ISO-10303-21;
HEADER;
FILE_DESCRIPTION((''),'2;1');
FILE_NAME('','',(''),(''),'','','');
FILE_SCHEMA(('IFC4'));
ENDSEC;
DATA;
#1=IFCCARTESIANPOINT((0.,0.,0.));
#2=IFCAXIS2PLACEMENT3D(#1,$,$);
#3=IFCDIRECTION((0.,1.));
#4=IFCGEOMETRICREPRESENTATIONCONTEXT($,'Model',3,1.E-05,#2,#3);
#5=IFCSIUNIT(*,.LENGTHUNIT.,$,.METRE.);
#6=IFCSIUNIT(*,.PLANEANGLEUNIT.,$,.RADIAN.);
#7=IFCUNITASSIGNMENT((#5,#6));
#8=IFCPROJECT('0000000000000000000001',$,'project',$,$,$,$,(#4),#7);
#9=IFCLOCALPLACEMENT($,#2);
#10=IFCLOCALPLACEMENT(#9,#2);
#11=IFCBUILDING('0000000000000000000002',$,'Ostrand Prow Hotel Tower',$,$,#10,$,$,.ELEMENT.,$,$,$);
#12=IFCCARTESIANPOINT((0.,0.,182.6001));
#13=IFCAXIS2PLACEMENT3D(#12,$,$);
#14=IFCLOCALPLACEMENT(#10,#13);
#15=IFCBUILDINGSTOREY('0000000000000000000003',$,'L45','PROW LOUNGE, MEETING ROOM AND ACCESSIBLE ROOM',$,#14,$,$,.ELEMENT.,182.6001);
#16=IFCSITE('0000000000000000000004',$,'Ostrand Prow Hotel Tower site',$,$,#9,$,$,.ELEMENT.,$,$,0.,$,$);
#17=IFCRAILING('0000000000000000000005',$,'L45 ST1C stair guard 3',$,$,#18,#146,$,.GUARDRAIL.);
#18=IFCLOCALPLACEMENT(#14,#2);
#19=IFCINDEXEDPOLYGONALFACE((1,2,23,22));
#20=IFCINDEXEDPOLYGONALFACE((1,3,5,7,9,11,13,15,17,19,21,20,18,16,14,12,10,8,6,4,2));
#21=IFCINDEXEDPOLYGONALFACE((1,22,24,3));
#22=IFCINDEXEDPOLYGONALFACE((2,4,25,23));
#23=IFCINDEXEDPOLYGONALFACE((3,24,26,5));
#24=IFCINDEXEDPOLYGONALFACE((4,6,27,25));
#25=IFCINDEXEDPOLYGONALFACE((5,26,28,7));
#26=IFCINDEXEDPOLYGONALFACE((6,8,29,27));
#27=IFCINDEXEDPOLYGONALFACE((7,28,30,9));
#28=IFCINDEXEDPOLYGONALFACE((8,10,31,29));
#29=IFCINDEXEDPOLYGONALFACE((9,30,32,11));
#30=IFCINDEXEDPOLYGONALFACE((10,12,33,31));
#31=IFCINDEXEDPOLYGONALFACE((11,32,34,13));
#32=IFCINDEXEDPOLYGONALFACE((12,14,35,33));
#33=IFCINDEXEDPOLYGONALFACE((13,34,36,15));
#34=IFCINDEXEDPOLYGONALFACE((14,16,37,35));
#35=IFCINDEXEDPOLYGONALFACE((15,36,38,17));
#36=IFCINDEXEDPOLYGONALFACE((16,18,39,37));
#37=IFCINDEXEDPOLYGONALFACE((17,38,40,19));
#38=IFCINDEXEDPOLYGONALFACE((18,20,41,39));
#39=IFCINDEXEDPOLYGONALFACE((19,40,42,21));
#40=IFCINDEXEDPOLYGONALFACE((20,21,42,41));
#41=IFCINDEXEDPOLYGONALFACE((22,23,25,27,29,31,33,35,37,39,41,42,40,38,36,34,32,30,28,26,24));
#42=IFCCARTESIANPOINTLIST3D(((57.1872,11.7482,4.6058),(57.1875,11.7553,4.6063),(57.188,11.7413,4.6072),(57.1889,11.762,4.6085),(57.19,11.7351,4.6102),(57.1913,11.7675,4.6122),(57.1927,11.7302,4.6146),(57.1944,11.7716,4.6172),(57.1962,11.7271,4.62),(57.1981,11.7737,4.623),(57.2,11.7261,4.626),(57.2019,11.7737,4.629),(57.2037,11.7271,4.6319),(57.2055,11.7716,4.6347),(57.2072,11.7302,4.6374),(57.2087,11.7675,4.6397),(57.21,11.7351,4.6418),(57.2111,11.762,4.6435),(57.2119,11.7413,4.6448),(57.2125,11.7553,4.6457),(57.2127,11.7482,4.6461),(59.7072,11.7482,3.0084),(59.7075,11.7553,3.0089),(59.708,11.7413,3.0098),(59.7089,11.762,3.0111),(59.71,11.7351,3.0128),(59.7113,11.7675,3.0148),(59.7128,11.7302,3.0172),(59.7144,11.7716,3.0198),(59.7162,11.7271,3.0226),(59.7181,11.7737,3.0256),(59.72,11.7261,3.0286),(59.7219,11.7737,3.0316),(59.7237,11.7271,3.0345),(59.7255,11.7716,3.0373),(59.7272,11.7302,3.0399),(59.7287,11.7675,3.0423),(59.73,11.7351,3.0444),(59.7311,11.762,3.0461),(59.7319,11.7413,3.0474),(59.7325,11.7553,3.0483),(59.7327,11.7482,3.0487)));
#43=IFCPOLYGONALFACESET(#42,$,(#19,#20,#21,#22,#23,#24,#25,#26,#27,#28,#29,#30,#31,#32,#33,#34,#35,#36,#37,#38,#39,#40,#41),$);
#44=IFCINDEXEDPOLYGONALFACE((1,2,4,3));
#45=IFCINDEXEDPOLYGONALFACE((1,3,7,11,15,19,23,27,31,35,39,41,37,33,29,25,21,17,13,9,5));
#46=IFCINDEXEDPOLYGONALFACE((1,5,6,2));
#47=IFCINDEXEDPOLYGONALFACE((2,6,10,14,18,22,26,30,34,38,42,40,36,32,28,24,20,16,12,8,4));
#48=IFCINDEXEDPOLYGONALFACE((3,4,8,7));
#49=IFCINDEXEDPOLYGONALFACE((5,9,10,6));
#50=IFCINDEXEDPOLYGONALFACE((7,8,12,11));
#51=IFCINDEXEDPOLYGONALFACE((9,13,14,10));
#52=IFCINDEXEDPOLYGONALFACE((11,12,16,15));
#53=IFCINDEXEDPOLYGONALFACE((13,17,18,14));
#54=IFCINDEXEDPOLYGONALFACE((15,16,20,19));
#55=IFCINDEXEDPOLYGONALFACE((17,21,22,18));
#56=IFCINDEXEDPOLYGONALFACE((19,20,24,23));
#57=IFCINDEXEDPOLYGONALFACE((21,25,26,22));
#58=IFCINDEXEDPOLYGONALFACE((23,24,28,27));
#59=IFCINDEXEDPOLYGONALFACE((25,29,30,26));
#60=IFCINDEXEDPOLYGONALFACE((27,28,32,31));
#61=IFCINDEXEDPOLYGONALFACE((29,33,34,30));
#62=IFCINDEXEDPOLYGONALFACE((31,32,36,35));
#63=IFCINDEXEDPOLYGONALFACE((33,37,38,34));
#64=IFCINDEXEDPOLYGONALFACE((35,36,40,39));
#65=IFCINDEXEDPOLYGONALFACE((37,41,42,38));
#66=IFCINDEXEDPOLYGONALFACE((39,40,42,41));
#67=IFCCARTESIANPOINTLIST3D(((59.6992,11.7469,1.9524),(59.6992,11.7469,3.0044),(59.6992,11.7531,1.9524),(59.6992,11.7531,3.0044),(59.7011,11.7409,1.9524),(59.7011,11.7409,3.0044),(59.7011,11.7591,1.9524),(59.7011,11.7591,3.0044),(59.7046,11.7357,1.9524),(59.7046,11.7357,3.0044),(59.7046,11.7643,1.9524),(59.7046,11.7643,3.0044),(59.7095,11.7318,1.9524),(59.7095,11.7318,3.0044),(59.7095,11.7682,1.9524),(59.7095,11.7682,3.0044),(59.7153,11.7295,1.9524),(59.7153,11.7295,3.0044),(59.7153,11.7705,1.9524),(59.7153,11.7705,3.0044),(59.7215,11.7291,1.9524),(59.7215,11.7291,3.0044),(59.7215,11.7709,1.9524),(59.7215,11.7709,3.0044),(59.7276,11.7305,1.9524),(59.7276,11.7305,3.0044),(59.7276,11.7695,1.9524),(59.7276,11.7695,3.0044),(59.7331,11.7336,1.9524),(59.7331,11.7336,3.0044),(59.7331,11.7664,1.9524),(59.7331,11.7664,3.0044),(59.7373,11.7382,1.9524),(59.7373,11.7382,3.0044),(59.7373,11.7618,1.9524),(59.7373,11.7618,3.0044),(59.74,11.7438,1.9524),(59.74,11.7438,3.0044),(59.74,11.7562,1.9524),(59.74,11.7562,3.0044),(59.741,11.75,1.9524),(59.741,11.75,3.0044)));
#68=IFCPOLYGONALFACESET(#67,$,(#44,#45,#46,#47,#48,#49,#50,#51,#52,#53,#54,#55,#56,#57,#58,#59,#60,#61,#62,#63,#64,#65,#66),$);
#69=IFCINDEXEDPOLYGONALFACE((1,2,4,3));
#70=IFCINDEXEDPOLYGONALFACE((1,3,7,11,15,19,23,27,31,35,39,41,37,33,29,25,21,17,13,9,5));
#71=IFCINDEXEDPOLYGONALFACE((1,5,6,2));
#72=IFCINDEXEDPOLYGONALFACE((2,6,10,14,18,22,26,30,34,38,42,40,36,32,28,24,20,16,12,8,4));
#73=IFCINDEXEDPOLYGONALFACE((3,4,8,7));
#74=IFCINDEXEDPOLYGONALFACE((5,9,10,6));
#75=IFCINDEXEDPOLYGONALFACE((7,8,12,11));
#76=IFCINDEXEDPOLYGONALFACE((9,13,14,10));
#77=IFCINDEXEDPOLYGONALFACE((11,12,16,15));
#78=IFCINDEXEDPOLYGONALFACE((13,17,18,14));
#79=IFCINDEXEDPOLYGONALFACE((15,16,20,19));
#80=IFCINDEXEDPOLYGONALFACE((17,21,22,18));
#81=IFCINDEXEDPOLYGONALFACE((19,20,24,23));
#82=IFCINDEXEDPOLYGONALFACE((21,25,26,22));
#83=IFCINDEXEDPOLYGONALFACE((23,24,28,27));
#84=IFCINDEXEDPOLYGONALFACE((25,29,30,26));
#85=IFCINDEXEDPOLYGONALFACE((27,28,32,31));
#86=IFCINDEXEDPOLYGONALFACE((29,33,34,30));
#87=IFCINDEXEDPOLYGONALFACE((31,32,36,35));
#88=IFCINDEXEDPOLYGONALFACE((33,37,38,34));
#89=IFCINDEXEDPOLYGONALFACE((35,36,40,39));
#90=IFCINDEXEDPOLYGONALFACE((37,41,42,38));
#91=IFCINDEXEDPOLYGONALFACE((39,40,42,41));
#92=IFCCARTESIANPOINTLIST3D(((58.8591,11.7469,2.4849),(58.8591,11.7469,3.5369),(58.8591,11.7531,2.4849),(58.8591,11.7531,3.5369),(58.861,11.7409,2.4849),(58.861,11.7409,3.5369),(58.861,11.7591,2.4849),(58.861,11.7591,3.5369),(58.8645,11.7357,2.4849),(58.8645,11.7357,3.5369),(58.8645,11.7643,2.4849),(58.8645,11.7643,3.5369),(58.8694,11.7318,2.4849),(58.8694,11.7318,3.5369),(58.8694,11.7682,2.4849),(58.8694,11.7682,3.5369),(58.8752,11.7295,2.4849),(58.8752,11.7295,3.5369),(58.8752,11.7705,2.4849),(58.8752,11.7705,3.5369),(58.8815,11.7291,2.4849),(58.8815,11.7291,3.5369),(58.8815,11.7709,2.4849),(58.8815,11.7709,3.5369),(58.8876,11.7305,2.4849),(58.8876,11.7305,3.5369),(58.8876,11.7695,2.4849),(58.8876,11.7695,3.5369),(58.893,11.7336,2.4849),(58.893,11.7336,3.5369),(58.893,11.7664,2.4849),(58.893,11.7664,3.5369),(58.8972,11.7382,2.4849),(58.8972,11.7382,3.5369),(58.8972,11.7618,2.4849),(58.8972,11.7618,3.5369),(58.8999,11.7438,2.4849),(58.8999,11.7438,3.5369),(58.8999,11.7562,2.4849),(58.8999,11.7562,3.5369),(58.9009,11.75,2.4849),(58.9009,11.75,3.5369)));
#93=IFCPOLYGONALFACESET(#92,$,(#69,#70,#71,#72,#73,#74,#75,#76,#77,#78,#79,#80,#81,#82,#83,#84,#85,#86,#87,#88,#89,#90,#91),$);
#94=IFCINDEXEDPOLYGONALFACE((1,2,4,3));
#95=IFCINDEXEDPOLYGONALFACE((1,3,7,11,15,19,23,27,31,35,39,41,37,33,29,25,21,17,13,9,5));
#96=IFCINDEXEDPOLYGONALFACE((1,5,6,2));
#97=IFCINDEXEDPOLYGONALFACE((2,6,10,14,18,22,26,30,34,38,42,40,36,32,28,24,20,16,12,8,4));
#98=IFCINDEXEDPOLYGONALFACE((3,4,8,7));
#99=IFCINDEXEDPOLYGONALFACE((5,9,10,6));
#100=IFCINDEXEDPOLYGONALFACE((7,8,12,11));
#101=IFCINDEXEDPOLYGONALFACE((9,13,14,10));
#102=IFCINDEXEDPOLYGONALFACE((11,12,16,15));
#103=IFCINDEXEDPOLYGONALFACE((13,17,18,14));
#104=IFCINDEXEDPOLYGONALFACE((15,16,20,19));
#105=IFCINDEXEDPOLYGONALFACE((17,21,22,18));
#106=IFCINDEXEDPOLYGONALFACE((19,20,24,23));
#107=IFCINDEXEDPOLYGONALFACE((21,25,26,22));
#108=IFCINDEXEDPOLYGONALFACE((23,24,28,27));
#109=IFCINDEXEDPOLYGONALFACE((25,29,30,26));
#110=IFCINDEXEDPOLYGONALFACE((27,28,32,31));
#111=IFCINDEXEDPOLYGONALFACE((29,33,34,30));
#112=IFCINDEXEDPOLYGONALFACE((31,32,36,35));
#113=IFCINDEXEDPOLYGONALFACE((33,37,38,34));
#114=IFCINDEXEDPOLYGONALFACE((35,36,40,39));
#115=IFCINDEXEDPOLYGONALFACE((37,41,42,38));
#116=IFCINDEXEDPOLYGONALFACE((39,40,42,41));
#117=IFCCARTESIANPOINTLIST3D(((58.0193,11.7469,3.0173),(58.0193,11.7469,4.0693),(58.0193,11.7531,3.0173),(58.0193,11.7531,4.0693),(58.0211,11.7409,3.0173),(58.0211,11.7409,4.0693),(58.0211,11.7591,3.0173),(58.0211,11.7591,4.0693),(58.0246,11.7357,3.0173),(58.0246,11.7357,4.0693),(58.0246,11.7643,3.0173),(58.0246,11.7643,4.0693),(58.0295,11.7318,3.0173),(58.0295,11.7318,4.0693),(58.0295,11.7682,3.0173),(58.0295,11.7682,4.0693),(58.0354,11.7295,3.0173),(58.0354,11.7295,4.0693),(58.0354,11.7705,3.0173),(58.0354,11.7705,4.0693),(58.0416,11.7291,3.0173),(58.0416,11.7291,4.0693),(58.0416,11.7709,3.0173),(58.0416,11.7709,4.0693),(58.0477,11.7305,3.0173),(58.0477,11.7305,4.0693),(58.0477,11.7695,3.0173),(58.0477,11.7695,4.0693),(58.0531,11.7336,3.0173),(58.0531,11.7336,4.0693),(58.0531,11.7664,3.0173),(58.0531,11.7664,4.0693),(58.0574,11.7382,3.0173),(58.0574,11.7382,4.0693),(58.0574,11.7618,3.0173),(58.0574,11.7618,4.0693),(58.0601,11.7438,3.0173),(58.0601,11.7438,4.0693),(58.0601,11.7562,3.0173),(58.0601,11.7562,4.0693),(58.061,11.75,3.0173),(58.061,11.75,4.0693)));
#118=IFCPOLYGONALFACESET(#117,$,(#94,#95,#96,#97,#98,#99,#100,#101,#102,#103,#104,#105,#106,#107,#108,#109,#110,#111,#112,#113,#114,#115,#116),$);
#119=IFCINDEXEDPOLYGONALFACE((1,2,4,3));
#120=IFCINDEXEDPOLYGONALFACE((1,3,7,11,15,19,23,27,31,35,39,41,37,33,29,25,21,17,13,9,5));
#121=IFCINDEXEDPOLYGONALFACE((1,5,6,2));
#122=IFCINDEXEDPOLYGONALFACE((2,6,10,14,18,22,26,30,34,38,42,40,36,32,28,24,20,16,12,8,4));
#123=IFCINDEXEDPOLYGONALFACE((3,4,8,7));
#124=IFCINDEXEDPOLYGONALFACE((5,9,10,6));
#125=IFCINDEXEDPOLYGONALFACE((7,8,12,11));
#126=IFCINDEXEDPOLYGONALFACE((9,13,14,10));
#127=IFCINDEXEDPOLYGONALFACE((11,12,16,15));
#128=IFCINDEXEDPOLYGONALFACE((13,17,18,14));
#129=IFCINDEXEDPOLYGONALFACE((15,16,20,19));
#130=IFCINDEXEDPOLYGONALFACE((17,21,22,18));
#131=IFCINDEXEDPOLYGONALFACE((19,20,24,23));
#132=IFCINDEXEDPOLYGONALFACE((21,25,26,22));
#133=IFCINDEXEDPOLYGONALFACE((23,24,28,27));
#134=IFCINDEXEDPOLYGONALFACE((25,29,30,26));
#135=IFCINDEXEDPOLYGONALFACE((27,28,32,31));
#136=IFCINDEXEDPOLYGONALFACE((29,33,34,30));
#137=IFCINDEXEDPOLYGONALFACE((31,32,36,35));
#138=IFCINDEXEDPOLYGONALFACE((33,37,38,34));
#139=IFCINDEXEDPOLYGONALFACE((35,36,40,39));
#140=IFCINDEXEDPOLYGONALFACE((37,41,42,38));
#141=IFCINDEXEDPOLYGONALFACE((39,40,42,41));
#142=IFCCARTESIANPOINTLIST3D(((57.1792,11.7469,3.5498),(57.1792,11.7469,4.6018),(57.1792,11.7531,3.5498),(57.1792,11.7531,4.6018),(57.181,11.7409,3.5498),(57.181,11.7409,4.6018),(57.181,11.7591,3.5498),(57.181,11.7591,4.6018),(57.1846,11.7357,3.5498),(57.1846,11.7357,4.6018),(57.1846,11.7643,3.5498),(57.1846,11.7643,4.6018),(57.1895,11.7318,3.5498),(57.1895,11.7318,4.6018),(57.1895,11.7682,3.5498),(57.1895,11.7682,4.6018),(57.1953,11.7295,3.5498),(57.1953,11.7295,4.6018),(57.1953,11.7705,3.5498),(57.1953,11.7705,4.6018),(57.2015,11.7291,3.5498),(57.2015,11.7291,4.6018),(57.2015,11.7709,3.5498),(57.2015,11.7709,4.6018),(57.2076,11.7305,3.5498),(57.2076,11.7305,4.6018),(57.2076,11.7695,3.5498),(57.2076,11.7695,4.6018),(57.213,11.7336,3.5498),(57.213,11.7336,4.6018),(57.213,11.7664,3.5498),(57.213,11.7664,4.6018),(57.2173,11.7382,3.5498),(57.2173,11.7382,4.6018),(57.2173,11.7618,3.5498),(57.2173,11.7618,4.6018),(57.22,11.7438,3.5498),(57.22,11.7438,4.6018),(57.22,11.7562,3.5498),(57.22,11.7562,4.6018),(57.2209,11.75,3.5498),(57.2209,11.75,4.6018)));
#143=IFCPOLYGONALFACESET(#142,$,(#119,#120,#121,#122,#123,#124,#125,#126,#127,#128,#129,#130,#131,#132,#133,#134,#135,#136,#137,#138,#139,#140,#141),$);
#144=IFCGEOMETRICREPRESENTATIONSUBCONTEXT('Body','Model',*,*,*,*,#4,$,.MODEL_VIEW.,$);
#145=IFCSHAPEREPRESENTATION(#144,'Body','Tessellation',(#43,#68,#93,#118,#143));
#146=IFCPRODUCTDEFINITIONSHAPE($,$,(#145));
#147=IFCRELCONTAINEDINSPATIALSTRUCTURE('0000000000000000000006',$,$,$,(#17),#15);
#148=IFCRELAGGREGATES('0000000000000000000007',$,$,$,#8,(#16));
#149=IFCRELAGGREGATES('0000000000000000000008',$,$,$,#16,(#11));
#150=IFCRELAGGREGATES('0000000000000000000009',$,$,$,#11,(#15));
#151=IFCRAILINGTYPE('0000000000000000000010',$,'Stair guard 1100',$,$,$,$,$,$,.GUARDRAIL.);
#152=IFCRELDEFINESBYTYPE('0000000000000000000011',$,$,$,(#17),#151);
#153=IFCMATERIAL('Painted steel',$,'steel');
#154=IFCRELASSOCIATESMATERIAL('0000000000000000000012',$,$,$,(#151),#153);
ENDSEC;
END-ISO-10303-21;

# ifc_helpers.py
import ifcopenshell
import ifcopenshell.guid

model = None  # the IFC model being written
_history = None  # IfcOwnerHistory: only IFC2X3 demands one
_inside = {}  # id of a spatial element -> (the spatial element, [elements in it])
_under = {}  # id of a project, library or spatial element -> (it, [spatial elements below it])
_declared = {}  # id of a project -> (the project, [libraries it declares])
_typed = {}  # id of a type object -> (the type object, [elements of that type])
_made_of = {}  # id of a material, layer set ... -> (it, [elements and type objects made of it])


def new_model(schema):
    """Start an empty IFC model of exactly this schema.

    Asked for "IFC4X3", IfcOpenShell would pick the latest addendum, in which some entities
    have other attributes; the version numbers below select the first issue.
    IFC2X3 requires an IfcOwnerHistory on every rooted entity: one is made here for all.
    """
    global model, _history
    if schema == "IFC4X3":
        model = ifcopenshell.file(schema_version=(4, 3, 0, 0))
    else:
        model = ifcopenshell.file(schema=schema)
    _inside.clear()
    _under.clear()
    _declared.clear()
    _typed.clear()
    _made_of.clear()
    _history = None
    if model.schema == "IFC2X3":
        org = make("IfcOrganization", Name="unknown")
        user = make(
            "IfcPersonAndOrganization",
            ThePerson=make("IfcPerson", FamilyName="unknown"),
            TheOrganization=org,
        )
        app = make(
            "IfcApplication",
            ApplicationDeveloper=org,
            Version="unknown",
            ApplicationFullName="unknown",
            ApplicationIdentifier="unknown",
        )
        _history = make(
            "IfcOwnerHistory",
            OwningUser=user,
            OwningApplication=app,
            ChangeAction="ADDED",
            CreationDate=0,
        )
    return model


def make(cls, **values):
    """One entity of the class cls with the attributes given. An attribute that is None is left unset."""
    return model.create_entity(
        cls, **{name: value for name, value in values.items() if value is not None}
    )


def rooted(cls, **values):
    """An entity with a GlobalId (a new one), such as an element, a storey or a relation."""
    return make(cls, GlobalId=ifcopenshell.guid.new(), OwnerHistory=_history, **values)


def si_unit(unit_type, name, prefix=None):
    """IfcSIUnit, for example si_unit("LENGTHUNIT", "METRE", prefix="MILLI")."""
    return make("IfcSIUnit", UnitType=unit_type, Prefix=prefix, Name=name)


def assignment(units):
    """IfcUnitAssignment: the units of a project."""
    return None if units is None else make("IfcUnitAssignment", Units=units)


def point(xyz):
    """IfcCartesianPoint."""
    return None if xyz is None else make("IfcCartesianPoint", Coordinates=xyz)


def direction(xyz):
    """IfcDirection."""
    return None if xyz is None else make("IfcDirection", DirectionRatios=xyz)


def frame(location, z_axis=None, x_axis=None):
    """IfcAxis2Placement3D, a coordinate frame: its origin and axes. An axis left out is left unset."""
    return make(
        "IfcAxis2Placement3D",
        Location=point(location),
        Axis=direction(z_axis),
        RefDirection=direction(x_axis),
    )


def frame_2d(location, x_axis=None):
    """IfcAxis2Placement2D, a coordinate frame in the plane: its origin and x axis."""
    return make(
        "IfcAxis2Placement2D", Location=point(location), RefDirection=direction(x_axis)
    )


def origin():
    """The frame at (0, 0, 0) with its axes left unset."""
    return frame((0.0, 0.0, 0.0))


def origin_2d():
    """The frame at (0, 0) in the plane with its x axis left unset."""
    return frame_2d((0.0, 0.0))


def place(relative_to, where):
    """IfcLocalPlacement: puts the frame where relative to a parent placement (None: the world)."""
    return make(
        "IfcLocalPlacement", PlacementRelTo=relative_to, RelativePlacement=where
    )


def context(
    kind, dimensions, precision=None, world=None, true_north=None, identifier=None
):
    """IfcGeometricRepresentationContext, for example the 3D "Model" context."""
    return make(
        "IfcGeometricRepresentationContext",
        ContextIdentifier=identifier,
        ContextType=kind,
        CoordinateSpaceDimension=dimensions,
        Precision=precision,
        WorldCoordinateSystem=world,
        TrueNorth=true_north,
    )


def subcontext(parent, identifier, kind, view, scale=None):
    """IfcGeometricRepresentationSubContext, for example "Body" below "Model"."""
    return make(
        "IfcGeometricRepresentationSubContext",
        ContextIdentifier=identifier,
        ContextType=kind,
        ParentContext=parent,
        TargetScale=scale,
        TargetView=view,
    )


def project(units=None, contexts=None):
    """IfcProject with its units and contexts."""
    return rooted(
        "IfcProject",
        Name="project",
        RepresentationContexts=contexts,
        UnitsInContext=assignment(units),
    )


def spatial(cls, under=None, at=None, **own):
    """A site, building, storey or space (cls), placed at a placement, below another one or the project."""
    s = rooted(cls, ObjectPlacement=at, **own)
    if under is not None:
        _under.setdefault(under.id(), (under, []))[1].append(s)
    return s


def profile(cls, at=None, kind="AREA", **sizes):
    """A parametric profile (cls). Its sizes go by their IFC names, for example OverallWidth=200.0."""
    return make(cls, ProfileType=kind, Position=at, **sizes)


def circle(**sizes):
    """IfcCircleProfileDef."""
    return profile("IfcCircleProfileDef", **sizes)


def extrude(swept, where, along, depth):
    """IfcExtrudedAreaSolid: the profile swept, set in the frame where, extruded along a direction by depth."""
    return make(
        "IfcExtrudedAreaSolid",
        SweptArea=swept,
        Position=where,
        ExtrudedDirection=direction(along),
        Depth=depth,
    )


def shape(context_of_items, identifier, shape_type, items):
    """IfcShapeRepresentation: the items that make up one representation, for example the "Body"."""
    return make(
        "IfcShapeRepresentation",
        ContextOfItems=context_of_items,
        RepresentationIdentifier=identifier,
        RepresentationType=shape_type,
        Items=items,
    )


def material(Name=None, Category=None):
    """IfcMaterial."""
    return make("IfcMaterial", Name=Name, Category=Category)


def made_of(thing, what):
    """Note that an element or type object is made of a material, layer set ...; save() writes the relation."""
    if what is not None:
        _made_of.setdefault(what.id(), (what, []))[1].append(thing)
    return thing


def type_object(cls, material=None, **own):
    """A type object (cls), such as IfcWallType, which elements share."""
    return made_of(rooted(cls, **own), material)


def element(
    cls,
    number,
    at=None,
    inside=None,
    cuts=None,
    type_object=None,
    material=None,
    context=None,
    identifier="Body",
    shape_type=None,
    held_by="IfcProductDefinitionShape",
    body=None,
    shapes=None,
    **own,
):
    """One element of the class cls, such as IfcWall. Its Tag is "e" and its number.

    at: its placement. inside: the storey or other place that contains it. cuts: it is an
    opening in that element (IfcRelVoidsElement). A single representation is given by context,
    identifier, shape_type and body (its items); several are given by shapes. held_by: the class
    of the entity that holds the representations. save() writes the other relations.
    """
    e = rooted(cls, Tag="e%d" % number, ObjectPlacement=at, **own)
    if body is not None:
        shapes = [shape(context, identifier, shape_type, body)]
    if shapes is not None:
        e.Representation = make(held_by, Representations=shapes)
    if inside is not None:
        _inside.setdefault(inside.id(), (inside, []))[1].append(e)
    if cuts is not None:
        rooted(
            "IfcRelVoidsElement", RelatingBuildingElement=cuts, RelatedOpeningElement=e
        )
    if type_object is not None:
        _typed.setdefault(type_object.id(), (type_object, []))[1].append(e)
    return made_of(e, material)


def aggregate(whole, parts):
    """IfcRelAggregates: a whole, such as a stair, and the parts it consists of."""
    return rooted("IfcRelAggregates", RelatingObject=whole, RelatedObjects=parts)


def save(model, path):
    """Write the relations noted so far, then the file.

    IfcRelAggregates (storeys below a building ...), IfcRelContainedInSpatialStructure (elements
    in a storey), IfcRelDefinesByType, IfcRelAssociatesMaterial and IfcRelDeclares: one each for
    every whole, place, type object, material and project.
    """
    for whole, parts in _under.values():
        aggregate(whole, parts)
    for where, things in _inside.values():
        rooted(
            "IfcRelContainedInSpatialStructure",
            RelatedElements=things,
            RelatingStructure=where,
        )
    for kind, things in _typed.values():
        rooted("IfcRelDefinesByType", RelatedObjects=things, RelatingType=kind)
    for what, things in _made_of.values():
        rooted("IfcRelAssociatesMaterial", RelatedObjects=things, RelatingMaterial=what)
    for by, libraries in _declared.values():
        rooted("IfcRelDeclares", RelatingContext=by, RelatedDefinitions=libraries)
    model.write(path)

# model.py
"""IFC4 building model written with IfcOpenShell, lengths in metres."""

from ifc_helpers import new_model, si_unit, direction, frame, origin, origin_2d, place, context, subcontext, project, spatial, circle, extrude, material, type_object, element, save


model = new_model("IFC4")

# Units and contexts
model_context = context("Model", 3, precision=1e-05, world=origin(), true_north=direction((0.0, 1.0)))
body_context = subcontext(model_context, "Body", "Model", "MODEL_VIEW")
ifc_project = project(units=[si_unit("LENGTHUNIT", "METRE"), si_unit("PLANEANGLEUNIT", "RADIAN")], contexts=[model_context])

# Site, building, storey
site_placement = place(None, origin())
site = spatial("IfcSite", under=ifc_project, at=site_placement, Name="Ostrand Prow Hotel Tower site", CompositionType="ELEMENT", RefElevation=0.0)
building_placement = place(site_placement, origin())
building = spatial("IfcBuilding", under=site, at=building_placement, Name="Ostrand Prow Hotel Tower", CompositionType="ELEMENT")
storey_placement = place(building_placement, frame((0.0, 0.0, 182.6001)))
storey = spatial("IfcBuildingStorey", under=building, at=storey_placement, Name="L45", Description="PROW LOUNGE, MEETING ROOM AND ACCESSIBLE ROOM", CompositionType="ELEMENT", Elevation=182.6001)

# Railing
ifc_material_1 = material(Name="Painted steel", Category="steel")
railing_type_1 = type_object("IfcRailingType", Name="Stair guard 1100", PredefinedType="GUARDRAIL", material=ifc_material_1)
railing_1_placement = place(storey_placement, frame((59.72, 11.75, 1.9524)))
element("IfcRailing", 1, at=railing_1_placement, inside=storey, type_object=railing_type_1, Name="L45 ST1C stair guard 3", PredefinedType="GUARDRAIL", context=body_context, shape_type="SweptSolid", body=[
    extrude(circle(Radius=0.0239, at=origin_2d()), frame((0.0, 0.0, 1.0762), z_axis=(-0.844607, 0.0, 0.535387), x_axis=(0.0, -1.0, 0.0)), (0.0, 0.0, 1.0), 2.9836),
    extrude(circle(Radius=0.021, at=origin_2d()), origin(), (0.0, 0.0, 1.0), 1.052),
    extrude(circle(Radius=0.021, at=origin_2d()), frame((-0.8401, 0.0, 0.5325)), (0.0, 0.0, 1.0), 1.052),
    extrude(circle(Radius=0.021, at=origin_2d()), frame((-1.6799, 0.0, 1.0649)), (0.0, 0.0, 1.0), 1.052),
    extrude(circle(Radius=0.021, at=origin_2d()), frame((-2.52, 0.0, 1.5974)), (0.0, 0.0, 1.0), 1.052),
])

save(model, "model.ifc")
